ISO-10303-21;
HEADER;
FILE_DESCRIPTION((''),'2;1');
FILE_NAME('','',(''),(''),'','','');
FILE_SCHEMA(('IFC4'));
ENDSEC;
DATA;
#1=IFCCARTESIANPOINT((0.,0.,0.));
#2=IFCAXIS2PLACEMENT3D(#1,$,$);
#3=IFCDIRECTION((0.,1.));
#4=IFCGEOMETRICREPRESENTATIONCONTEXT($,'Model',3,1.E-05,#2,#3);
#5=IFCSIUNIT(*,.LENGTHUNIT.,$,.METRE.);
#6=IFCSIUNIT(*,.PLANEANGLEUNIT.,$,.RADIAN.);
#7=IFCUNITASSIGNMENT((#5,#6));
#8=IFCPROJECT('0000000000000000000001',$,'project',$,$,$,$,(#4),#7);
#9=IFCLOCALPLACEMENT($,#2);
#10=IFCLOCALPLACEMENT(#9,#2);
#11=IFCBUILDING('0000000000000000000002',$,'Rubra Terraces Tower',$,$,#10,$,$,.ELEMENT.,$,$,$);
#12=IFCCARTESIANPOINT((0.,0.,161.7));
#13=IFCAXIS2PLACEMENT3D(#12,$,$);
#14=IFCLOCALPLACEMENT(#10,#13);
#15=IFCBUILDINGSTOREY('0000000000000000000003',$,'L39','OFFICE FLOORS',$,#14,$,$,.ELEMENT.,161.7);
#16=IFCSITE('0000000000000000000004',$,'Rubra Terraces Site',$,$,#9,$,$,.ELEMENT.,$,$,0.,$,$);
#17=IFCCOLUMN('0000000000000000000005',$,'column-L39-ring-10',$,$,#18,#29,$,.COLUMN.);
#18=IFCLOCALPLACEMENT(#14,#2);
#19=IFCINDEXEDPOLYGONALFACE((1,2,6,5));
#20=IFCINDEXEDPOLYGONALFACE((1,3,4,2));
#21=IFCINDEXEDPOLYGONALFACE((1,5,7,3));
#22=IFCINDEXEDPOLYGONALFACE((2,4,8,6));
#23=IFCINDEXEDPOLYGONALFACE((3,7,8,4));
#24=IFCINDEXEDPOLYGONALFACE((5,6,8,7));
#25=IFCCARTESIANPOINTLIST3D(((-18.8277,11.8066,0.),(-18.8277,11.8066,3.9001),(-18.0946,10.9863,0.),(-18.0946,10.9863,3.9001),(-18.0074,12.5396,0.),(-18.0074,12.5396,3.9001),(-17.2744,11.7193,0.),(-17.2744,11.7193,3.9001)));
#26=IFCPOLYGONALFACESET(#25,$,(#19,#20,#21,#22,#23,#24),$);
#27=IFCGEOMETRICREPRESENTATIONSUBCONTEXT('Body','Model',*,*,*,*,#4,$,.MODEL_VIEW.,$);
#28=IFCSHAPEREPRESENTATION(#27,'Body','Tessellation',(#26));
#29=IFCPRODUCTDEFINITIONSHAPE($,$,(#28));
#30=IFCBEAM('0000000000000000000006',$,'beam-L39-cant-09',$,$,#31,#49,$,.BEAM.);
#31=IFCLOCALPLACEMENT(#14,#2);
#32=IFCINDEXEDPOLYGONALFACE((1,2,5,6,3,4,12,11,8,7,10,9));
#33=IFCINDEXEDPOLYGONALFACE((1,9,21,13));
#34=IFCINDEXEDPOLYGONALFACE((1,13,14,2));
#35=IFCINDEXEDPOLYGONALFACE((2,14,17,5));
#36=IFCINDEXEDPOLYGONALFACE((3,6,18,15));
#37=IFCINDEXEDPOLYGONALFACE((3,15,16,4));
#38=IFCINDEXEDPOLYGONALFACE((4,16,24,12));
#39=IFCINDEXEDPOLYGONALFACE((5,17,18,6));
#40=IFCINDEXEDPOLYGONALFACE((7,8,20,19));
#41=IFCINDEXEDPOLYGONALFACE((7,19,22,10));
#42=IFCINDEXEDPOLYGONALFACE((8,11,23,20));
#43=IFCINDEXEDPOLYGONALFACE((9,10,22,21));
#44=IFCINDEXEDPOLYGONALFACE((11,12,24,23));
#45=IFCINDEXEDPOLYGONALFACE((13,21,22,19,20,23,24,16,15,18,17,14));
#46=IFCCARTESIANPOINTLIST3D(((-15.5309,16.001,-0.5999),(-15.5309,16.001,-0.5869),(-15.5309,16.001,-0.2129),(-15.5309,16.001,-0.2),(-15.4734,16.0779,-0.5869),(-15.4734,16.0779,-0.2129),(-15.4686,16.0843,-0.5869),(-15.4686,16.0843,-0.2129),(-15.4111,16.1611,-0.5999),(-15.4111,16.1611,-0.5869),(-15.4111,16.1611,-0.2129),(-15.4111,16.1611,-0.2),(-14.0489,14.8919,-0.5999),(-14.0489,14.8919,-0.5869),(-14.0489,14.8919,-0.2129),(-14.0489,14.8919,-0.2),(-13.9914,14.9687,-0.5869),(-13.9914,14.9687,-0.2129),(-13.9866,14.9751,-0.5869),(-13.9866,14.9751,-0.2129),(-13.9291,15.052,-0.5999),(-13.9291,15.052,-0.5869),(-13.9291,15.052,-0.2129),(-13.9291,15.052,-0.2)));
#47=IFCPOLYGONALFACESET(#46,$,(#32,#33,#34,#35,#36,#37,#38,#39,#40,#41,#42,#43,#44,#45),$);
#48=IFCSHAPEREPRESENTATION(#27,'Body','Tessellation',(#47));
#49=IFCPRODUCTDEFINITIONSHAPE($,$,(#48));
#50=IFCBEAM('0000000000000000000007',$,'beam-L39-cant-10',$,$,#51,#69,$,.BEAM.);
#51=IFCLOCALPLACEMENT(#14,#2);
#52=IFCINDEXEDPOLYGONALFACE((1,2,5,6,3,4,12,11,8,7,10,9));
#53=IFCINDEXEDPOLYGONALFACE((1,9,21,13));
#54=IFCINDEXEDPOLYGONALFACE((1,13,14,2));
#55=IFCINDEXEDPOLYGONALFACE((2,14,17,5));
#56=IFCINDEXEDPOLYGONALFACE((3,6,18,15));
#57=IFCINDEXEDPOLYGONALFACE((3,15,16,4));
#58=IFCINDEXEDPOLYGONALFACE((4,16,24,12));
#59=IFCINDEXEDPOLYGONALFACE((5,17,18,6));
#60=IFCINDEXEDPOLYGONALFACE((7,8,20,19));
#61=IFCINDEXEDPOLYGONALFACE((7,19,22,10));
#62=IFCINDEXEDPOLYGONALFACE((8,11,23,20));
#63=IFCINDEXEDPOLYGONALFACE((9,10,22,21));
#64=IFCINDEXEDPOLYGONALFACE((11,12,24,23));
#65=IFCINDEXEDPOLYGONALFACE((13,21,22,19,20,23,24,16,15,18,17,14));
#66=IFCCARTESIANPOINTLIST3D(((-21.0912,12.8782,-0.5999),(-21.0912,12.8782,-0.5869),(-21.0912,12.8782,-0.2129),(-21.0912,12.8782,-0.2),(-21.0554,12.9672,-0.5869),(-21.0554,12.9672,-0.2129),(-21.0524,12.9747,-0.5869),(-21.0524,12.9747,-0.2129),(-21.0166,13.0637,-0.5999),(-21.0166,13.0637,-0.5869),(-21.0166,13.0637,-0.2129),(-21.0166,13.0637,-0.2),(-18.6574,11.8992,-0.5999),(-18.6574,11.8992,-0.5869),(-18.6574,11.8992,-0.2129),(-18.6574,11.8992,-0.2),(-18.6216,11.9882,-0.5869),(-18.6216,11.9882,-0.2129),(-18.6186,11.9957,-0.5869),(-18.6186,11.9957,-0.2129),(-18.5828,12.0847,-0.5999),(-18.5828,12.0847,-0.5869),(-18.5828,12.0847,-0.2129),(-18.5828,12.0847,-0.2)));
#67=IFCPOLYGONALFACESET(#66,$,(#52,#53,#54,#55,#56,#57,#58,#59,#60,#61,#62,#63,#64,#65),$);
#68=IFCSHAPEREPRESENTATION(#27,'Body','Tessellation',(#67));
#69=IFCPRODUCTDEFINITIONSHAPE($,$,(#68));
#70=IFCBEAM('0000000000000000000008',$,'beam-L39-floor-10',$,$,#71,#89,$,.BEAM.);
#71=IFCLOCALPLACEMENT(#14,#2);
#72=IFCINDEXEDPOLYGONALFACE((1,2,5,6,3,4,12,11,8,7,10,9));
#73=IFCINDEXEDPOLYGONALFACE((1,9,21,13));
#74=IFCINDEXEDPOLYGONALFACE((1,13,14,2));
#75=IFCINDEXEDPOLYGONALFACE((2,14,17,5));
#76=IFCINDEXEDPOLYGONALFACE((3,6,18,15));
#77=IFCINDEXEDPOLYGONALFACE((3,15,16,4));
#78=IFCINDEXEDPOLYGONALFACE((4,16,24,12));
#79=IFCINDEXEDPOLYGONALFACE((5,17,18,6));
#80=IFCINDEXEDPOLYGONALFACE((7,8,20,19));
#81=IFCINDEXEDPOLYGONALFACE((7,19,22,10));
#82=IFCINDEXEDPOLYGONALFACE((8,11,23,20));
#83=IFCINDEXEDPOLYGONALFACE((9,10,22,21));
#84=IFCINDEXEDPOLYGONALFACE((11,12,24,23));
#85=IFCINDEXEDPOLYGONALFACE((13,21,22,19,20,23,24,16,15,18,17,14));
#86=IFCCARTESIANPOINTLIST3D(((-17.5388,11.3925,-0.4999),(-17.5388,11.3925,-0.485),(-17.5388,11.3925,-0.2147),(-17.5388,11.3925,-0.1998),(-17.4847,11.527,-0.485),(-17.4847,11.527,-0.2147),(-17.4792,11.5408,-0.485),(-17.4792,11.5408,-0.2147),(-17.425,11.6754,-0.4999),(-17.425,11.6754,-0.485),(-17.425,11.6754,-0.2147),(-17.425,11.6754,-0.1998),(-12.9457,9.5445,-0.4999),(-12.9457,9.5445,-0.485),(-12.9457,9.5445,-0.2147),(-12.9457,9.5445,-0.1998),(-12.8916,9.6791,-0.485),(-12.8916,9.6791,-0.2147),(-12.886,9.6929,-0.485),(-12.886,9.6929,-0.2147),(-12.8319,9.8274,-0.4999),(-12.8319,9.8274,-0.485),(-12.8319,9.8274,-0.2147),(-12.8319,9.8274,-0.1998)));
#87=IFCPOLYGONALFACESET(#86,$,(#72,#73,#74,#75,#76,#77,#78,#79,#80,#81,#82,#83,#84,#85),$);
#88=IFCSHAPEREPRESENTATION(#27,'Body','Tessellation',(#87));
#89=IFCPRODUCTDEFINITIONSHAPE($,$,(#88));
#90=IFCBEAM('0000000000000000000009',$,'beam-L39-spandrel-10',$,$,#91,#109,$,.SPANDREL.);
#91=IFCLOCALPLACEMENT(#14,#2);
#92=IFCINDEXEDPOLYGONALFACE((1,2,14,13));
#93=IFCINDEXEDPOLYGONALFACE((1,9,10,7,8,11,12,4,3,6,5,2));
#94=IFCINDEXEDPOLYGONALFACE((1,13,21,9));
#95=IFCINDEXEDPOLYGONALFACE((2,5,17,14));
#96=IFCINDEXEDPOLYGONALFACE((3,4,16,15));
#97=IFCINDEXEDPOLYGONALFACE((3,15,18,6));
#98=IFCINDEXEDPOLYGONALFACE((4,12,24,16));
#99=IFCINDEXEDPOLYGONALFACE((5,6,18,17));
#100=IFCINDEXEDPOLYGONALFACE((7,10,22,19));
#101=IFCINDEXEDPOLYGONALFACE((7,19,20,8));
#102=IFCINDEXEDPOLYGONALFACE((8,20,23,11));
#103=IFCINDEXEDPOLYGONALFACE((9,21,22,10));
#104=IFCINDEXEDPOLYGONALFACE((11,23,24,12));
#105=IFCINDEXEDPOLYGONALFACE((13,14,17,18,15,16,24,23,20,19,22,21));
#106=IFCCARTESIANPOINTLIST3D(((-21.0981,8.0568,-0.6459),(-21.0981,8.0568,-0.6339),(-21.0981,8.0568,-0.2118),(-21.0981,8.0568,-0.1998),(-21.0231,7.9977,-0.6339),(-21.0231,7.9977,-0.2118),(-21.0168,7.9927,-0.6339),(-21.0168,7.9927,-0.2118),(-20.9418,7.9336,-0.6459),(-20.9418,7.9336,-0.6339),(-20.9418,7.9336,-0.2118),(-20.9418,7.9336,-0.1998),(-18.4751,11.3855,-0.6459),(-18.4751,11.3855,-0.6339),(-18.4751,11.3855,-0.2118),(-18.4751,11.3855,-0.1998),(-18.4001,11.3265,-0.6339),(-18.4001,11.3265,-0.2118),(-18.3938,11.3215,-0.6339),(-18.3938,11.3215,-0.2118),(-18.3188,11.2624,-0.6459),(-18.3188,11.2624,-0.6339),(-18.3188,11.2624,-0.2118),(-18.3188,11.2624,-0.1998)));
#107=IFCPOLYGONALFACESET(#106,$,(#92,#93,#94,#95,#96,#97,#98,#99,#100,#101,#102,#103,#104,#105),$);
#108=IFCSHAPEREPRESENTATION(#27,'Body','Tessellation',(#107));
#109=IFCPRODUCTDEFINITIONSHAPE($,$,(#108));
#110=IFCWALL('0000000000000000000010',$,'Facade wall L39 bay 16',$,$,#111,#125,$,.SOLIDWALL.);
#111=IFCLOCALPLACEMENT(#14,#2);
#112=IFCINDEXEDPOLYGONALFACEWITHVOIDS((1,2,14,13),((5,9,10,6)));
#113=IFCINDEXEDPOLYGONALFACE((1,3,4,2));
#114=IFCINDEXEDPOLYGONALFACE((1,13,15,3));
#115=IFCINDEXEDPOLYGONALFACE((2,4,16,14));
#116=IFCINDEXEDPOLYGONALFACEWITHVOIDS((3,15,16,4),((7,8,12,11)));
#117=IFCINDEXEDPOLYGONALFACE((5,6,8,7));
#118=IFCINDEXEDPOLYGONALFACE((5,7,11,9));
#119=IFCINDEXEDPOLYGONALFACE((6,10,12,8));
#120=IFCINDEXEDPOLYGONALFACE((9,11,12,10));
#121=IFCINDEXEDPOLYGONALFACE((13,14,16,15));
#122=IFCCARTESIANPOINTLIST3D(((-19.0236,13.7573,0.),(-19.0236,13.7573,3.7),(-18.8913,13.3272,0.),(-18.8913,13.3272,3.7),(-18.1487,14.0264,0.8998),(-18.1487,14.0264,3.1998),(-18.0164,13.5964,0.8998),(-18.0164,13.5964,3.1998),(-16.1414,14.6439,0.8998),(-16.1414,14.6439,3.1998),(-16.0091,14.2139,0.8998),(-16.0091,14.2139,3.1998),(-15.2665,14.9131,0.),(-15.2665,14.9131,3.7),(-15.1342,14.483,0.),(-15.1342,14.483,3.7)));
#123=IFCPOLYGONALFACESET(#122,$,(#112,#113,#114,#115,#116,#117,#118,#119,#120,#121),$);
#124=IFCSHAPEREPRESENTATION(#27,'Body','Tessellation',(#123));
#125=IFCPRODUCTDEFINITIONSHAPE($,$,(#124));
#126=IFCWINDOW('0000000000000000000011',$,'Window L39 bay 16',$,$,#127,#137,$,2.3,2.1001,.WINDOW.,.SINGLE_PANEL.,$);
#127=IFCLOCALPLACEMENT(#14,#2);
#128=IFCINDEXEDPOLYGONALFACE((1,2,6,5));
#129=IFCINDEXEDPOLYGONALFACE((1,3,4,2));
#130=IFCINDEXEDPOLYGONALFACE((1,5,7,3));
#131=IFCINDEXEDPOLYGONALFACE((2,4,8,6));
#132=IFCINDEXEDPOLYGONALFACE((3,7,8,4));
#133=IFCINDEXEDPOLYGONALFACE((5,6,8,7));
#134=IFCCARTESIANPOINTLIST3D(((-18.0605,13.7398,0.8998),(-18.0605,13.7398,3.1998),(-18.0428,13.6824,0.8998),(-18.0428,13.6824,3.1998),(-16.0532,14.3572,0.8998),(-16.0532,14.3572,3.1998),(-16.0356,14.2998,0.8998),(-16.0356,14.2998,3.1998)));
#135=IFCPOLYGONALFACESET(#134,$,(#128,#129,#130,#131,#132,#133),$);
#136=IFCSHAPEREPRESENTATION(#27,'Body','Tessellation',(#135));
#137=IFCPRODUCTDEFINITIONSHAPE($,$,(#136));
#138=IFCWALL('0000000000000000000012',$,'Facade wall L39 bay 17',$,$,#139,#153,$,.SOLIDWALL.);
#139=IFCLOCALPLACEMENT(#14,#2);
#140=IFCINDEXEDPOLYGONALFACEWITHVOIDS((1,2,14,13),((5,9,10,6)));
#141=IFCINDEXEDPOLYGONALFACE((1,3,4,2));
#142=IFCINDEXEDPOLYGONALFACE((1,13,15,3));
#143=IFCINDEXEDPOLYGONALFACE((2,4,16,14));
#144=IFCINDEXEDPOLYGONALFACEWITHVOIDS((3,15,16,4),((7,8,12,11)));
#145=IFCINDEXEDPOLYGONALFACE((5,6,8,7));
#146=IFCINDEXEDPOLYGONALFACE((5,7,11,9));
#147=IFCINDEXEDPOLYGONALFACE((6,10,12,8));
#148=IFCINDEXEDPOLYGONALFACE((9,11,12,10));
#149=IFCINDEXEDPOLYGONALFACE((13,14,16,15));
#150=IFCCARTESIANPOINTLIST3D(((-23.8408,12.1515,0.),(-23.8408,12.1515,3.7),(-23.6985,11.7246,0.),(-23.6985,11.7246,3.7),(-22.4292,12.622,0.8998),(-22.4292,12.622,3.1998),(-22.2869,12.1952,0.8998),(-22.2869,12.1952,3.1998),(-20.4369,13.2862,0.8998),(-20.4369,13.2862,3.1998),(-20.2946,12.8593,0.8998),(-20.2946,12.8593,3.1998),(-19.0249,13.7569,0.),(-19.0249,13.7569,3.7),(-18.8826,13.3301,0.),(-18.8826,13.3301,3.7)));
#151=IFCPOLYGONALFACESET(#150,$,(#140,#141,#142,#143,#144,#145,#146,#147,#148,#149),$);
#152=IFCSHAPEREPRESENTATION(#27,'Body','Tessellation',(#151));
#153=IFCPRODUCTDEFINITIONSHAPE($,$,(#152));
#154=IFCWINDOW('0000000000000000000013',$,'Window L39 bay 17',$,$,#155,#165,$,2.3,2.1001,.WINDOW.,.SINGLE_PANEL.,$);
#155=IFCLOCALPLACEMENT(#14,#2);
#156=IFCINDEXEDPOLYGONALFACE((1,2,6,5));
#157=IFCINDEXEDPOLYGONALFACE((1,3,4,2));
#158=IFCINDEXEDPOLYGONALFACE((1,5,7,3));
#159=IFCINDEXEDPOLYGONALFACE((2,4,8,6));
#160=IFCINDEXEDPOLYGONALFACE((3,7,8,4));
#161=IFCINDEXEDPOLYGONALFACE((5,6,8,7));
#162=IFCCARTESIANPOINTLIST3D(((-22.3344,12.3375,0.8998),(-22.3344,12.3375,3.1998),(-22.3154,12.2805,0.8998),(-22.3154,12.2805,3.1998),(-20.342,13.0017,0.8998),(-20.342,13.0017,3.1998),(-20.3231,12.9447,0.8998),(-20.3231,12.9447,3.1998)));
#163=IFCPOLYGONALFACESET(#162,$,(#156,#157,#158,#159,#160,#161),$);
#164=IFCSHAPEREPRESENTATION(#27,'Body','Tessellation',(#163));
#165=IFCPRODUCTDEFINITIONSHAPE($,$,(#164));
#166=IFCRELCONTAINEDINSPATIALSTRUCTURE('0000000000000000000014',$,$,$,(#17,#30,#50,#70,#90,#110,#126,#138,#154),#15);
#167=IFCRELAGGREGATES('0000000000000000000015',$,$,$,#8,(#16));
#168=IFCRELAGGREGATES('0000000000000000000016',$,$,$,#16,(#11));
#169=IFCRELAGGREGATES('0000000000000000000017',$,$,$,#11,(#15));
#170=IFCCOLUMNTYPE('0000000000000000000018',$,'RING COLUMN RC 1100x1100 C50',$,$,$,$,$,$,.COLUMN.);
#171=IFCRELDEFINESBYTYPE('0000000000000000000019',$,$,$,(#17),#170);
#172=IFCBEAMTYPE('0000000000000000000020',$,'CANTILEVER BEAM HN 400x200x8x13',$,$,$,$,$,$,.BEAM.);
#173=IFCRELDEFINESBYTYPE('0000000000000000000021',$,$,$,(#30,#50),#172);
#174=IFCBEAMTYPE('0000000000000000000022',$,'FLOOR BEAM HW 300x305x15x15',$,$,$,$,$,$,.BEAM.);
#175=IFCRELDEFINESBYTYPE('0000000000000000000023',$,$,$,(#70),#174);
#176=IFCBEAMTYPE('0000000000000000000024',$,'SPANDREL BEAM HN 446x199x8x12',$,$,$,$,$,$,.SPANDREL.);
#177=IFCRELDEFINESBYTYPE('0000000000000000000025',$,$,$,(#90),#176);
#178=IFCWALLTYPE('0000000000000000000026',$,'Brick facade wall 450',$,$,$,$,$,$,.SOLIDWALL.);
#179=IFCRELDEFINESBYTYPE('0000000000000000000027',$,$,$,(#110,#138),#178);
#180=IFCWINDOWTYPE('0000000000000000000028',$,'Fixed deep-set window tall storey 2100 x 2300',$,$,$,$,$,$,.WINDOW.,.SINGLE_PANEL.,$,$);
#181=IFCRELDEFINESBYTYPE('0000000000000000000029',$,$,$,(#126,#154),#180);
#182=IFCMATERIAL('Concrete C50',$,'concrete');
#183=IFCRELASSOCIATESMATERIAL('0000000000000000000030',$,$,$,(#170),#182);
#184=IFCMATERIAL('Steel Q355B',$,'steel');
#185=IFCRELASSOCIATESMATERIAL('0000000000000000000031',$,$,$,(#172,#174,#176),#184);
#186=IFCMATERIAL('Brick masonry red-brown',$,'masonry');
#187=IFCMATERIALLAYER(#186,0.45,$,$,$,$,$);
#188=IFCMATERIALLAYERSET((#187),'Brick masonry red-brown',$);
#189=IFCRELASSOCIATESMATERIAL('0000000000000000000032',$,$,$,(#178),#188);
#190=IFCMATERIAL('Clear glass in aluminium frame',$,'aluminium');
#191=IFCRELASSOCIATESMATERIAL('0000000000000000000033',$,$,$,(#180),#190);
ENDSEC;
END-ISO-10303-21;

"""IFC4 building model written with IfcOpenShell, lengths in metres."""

from ifc_helpers import new_model, si_unit, direction, frame, frame_2d, origin, origin_2d, place, context, subcontext, project, spatial, rectangle, i_section, extrude, material, layer, layer_set, material_profile, profile_set, type_object, element, fill, save


model = new_model("IFC4")

# Units and contexts
model_context = context("Model", 3, precision=1e-05, world=origin(), true_north=direction((0.0, 1.0)))
body_context = subcontext(model_context, "Body", "Model", "MODEL_VIEW")
ifc_project = project(units=[si_unit("LENGTHUNIT", "METRE"), si_unit("PLANEANGLEUNIT", "RADIAN")], contexts=[model_context])

# Site, building, storey
site_placement = place(None, origin())
site = spatial("IfcSite", under=ifc_project, at=site_placement, Name="Rubra Terraces Site", CompositionType="ELEMENT", RefElevation=0.0)
building_placement = place(site_placement, origin())
building = spatial("IfcBuilding", under=site, at=building_placement, Name="Rubra Terraces Tower", CompositionType="ELEMENT")
storey_placement = place(building_placement, frame((0.0, 0.0, 161.7)))
storey = spatial("IfcBuildingStorey", under=building, at=storey_placement, Name="L39", Description="OFFICE FLOORS", CompositionType="ELEMENT", Elevation=161.7)

# Column
ifc_material_1 = material(Name="Concrete C50", Category="concrete")
ifc_material_profile_1 = material_profile(ifc_material_1, rectangle(XDim=1.1001, YDim=1.1001, at=origin_2d()), Name="RC 1100x1100")
ifc_profile_set_1 = profile_set([ifc_material_profile_1], Name="Concrete C50")
column_type = type_object("IfcColumnType", Name="RING COLUMN RC 1100x1100 C50", PredefinedType="COLUMN", material=ifc_profile_set_1)
column_placement = place(storey_placement, frame((-18.051, 11.7629, 0.0), z_axis=(0.0, 0.0, 1.0), x_axis=(-0.745642, -0.666347, 0.0)))
element("IfcColumn", 1, at=column_placement, inside=storey, type_object=column_type, Name="column-L39-ring-10", PredefinedType="COLUMN", context=body_context, shape_type="SweptSolid", body=[
    extrude(rectangle(XDim=1.1001, YDim=1.1001, at=origin_2d()), origin(), (0.0, 0.0, 1.0), 3.9001),
])

# Beams
ifc_material_2 = material(Name="Steel Q355B", Category="steel")
ifc_material_profile_2 = material_profile(ifc_material_2, i_section(OverallWidth=0.2, OverallDepth=0.3999, WebThickness=0.0081, FlangeThickness=0.0129, at=origin_2d()), Name="HN 400x200x8x13")
ifc_profile_set_2 = profile_set([ifc_material_profile_2], Name="Steel Q355B")
beam_type_1 = type_object("IfcBeamType", Name="CANTILEVER BEAM HN 400x200x8x13", PredefinedType="BEAM", material=ifc_profile_set_2)
beam_1_placement = place(storey_placement, frame((-13.989, 14.9719, -0.3999), z_axis=(-0.800601, 0.599198, 0.0), x_axis=(-0.599198, -0.800601, 0.0)))
element("IfcBeam", 2, at=beam_1_placement, inside=storey, type_object=beam_type_1, Name="beam-L39-cant-09", PredefinedType="BEAM", context=body_context, shape_type="SweptSolid", body=[
    extrude(i_section(OverallWidth=0.2, OverallDepth=0.3999, WebThickness=0.0081, FlangeThickness=0.0129, at=origin_2d()), origin(), (0.0, 0.0, 1.0), 1.8511),
])
beam_2_placement = place(storey_placement, frame((-18.6201, 11.9919, -0.3999), z_axis=(-0.927756, 0.373187, 0.0), x_axis=(-0.373187, -0.927756, 0.0)))
element("IfcBeam", 3, at=beam_2_placement, inside=storey, type_object=beam_type_1, Name="beam-L39-cant-10", PredefinedType="BEAM", context=body_context, shape_type="SweptSolid", body=[
    extrude(i_section(OverallWidth=0.2, OverallDepth=0.3999, WebThickness=0.0081, FlangeThickness=0.0129, at=origin_2d()), origin(), (0.0, 0.0, 1.0), 2.6233),
])
ifc_material_profile_3 = material_profile(ifc_material_2, i_section(OverallWidth=0.3049, OverallDepth=0.3, WebThickness=0.0149, FlangeThickness=0.0149, at=origin_2d()), Name="HW 300x305x15x15")
ifc_profile_set_3 = profile_set([ifc_material_profile_3], Name="Steel Q355B")
beam_type_2 = type_object("IfcBeamType", Name="FLOOR BEAM HW 300x305x15x15", PredefinedType="BEAM", material=ifc_profile_set_3)
beam_3_placement = place(storey_placement, frame((-17.4819, 11.5339, -0.3499), z_axis=(0.92773, -0.373252, 0.0), x_axis=(0.373252, 0.92773, 0.0)))
element("IfcBeam", 4, at=beam_3_placement, inside=storey, type_object=beam_type_2, Name="beam-L39-floor-10", PredefinedType="BEAM", context=body_context, shape_type="SweptSolid", body=[
    extrude(i_section(OverallWidth=0.3049, OverallDepth=0.3, WebThickness=0.0149, FlangeThickness=0.0149, at=origin_2d()), origin(), (0.0, 0.0, 1.0), 4.9509),
])
ifc_material_profile_4 = material_profile(ifc_material_2, i_section(OverallWidth=0.199, OverallDepth=0.446, WebThickness=0.0081, FlangeThickness=0.012, at=origin_2d()), Name="HN 446x199x8x12")
ifc_profile_set_4 = profile_set([ifc_material_profile_4], Name="Steel Q355B")
beam_type_3 = type_object("IfcBeamType", Name="SPANDREL BEAM HN 446x199x8x12", PredefinedType="SPANDREL", material=ifc_profile_set_4)
beam_4_placement = place(storey_placement, frame((-18.397, 11.324, -0.4229), z_axis=(-0.618917, -0.785456, 0.0), x_axis=(0.785456, -0.618917, 0.0)))
element("IfcBeam", 5, at=beam_4_placement, inside=storey, type_object=beam_type_3, Name="beam-L39-spandrel-10", PredefinedType="SPANDREL", context=body_context, shape_type="SweptSolid", body=[
    extrude(i_section(OverallWidth=0.199, OverallDepth=0.446, WebThickness=0.0081, FlangeThickness=0.012, at=origin_2d()), origin(), (0.0, 0.0, 1.0), 4.238),
])

# Walls, openings, windows
ifc_material_3 = material(Name="Brick masonry red-brown", Category="masonry")
ifc_layer_1 = layer(ifc_material_3, 0.45)
ifc_layer_set_1 = layer_set([ifc_layer_1], Name="Brick masonry red-brown")
wall_type_1 = type_object("IfcWallType", Name="Brick facade wall 450", PredefinedType="SOLIDWALL", material=ifc_layer_set_1)
wall_1_placement = place(storey_placement, frame((-15.2004, 14.698, 0.0), z_axis=(0.0, 0.0, 1.0), x_axis=(-0.955798, -0.294025, 0.0)))
wall_1 = element("IfcWall", 6, at=wall_1_placement, inside=storey, type_object=wall_type_1, Name="Facade wall L39 bay 16", PredefinedType="SOLIDWALL", context=body_context, shape_type="SweptSolid", body=[
    extrude(rectangle(XDim=3.9309, YDim=0.45, at=frame_2d((1.9653, 0.0))), origin(), (0.0, 0.0, 1.0), 3.7),
])
opening_1_placement = place(wall_1_placement, frame((0.9153, 0.0, 0.8999)))
opening_1 = element("IfcOpeningElement", 7, at=opening_1_placement, cuts=wall_1, PredefinedType="OPENING", context=body_context, shape_type="SweptSolid", body=[
    extrude(rectangle(XDim=2.1001, YDim=2.3, at=frame_2d((1.05, 1.1499))), frame((0.0, 0.2349, 0.0), z_axis=(0.0, -1.0, 0.0), x_axis=(1.0, 0.0, 0.0)), (0.0, 0.0, 1.0), 0.47),
])
ifc_material_4 = material(Name="Clear glass in aluminium frame", Category="aluminium")
window_type_1 = type_object("IfcWindowType", Name="Fixed deep-set window tall storey 2100 x 2300", PartitioningType="SINGLE_PANEL", PredefinedType="WINDOW", material=ifc_material_4)
window_1_placement = place(opening_1_placement, origin())
window_1 = element("IfcWindow", 8, at=window_1_placement, inside=storey, type_object=window_type_1, Name="Window L39 bay 16", OverallHeight=2.3, OverallWidth=2.1001, PartitioningType="SINGLE_PANEL", PredefinedType="WINDOW", context=body_context, shape_type="SweptSolid", body=[
    extrude(rectangle(XDim=2.1001, YDim=2.3, at=frame_2d((1.05, 1.1499))), frame((0.0, 0.135, 0.0), z_axis=(0.0, -1.0, 0.0), x_axis=(1.0, 0.0, 0.0)), (0.0, 0.0, 1.0), 0.0601),
])
fill(opening_1, window_1)
wall_2_placement = place(storey_placement, frame((-18.9539, 13.5435, 0.0), z_axis=(0.0, 0.0, 1.0), x_axis=(-0.948674, -0.316257, 0.0)))
wall_2 = element("IfcWall", 9, at=wall_2_placement, inside=storey, type_object=wall_type_1, Name="Facade wall L39 bay 17", PredefinedType="SOLIDWALL", context=body_context, shape_type="SweptSolid", body=[
    extrude(rectangle(XDim=5.0764, YDim=0.45, at=frame_2d((2.5381, 0.0))), origin(), (0.0, 0.0, 1.0), 3.7),
])
opening_2_placement = place(wall_2_placement, frame((1.4883, 0.0, 0.8999)))
opening_2 = element("IfcOpeningElement", 10, at=opening_2_placement, cuts=wall_2, PredefinedType="OPENING", context=body_context, shape_type="SweptSolid", body=[
    extrude(rectangle(XDim=2.1001, YDim=2.3, at=frame_2d((1.05, 1.1499))), frame((0.0, 0.2349, 0.0), z_axis=(0.0, -1.0, 0.0), x_axis=(1.0, 0.0, 0.0)), (0.0, 0.0, 1.0), 0.47),
])
window_2_placement = place(opening_2_placement, origin())
window_2 = element("IfcWindow", 11, at=window_2_placement, inside=storey, type_object=window_type_1, Name="Window L39 bay 17", OverallHeight=2.3, OverallWidth=2.1001, PartitioningType="SINGLE_PANEL", PredefinedType="WINDOW", context=body_context, shape_type="SweptSolid", body=[
    extrude(rectangle(XDim=2.1001, YDim=2.3, at=frame_2d((1.05, 1.1499))), frame((0.0, 0.135, 0.0), z_axis=(0.0, -1.0, 0.0), x_axis=(1.0, 0.0, 0.0)), (0.0, 0.0, 1.0), 0.0601),
])
fill(opening_2, window_2)

save(model, "model.ifc")
